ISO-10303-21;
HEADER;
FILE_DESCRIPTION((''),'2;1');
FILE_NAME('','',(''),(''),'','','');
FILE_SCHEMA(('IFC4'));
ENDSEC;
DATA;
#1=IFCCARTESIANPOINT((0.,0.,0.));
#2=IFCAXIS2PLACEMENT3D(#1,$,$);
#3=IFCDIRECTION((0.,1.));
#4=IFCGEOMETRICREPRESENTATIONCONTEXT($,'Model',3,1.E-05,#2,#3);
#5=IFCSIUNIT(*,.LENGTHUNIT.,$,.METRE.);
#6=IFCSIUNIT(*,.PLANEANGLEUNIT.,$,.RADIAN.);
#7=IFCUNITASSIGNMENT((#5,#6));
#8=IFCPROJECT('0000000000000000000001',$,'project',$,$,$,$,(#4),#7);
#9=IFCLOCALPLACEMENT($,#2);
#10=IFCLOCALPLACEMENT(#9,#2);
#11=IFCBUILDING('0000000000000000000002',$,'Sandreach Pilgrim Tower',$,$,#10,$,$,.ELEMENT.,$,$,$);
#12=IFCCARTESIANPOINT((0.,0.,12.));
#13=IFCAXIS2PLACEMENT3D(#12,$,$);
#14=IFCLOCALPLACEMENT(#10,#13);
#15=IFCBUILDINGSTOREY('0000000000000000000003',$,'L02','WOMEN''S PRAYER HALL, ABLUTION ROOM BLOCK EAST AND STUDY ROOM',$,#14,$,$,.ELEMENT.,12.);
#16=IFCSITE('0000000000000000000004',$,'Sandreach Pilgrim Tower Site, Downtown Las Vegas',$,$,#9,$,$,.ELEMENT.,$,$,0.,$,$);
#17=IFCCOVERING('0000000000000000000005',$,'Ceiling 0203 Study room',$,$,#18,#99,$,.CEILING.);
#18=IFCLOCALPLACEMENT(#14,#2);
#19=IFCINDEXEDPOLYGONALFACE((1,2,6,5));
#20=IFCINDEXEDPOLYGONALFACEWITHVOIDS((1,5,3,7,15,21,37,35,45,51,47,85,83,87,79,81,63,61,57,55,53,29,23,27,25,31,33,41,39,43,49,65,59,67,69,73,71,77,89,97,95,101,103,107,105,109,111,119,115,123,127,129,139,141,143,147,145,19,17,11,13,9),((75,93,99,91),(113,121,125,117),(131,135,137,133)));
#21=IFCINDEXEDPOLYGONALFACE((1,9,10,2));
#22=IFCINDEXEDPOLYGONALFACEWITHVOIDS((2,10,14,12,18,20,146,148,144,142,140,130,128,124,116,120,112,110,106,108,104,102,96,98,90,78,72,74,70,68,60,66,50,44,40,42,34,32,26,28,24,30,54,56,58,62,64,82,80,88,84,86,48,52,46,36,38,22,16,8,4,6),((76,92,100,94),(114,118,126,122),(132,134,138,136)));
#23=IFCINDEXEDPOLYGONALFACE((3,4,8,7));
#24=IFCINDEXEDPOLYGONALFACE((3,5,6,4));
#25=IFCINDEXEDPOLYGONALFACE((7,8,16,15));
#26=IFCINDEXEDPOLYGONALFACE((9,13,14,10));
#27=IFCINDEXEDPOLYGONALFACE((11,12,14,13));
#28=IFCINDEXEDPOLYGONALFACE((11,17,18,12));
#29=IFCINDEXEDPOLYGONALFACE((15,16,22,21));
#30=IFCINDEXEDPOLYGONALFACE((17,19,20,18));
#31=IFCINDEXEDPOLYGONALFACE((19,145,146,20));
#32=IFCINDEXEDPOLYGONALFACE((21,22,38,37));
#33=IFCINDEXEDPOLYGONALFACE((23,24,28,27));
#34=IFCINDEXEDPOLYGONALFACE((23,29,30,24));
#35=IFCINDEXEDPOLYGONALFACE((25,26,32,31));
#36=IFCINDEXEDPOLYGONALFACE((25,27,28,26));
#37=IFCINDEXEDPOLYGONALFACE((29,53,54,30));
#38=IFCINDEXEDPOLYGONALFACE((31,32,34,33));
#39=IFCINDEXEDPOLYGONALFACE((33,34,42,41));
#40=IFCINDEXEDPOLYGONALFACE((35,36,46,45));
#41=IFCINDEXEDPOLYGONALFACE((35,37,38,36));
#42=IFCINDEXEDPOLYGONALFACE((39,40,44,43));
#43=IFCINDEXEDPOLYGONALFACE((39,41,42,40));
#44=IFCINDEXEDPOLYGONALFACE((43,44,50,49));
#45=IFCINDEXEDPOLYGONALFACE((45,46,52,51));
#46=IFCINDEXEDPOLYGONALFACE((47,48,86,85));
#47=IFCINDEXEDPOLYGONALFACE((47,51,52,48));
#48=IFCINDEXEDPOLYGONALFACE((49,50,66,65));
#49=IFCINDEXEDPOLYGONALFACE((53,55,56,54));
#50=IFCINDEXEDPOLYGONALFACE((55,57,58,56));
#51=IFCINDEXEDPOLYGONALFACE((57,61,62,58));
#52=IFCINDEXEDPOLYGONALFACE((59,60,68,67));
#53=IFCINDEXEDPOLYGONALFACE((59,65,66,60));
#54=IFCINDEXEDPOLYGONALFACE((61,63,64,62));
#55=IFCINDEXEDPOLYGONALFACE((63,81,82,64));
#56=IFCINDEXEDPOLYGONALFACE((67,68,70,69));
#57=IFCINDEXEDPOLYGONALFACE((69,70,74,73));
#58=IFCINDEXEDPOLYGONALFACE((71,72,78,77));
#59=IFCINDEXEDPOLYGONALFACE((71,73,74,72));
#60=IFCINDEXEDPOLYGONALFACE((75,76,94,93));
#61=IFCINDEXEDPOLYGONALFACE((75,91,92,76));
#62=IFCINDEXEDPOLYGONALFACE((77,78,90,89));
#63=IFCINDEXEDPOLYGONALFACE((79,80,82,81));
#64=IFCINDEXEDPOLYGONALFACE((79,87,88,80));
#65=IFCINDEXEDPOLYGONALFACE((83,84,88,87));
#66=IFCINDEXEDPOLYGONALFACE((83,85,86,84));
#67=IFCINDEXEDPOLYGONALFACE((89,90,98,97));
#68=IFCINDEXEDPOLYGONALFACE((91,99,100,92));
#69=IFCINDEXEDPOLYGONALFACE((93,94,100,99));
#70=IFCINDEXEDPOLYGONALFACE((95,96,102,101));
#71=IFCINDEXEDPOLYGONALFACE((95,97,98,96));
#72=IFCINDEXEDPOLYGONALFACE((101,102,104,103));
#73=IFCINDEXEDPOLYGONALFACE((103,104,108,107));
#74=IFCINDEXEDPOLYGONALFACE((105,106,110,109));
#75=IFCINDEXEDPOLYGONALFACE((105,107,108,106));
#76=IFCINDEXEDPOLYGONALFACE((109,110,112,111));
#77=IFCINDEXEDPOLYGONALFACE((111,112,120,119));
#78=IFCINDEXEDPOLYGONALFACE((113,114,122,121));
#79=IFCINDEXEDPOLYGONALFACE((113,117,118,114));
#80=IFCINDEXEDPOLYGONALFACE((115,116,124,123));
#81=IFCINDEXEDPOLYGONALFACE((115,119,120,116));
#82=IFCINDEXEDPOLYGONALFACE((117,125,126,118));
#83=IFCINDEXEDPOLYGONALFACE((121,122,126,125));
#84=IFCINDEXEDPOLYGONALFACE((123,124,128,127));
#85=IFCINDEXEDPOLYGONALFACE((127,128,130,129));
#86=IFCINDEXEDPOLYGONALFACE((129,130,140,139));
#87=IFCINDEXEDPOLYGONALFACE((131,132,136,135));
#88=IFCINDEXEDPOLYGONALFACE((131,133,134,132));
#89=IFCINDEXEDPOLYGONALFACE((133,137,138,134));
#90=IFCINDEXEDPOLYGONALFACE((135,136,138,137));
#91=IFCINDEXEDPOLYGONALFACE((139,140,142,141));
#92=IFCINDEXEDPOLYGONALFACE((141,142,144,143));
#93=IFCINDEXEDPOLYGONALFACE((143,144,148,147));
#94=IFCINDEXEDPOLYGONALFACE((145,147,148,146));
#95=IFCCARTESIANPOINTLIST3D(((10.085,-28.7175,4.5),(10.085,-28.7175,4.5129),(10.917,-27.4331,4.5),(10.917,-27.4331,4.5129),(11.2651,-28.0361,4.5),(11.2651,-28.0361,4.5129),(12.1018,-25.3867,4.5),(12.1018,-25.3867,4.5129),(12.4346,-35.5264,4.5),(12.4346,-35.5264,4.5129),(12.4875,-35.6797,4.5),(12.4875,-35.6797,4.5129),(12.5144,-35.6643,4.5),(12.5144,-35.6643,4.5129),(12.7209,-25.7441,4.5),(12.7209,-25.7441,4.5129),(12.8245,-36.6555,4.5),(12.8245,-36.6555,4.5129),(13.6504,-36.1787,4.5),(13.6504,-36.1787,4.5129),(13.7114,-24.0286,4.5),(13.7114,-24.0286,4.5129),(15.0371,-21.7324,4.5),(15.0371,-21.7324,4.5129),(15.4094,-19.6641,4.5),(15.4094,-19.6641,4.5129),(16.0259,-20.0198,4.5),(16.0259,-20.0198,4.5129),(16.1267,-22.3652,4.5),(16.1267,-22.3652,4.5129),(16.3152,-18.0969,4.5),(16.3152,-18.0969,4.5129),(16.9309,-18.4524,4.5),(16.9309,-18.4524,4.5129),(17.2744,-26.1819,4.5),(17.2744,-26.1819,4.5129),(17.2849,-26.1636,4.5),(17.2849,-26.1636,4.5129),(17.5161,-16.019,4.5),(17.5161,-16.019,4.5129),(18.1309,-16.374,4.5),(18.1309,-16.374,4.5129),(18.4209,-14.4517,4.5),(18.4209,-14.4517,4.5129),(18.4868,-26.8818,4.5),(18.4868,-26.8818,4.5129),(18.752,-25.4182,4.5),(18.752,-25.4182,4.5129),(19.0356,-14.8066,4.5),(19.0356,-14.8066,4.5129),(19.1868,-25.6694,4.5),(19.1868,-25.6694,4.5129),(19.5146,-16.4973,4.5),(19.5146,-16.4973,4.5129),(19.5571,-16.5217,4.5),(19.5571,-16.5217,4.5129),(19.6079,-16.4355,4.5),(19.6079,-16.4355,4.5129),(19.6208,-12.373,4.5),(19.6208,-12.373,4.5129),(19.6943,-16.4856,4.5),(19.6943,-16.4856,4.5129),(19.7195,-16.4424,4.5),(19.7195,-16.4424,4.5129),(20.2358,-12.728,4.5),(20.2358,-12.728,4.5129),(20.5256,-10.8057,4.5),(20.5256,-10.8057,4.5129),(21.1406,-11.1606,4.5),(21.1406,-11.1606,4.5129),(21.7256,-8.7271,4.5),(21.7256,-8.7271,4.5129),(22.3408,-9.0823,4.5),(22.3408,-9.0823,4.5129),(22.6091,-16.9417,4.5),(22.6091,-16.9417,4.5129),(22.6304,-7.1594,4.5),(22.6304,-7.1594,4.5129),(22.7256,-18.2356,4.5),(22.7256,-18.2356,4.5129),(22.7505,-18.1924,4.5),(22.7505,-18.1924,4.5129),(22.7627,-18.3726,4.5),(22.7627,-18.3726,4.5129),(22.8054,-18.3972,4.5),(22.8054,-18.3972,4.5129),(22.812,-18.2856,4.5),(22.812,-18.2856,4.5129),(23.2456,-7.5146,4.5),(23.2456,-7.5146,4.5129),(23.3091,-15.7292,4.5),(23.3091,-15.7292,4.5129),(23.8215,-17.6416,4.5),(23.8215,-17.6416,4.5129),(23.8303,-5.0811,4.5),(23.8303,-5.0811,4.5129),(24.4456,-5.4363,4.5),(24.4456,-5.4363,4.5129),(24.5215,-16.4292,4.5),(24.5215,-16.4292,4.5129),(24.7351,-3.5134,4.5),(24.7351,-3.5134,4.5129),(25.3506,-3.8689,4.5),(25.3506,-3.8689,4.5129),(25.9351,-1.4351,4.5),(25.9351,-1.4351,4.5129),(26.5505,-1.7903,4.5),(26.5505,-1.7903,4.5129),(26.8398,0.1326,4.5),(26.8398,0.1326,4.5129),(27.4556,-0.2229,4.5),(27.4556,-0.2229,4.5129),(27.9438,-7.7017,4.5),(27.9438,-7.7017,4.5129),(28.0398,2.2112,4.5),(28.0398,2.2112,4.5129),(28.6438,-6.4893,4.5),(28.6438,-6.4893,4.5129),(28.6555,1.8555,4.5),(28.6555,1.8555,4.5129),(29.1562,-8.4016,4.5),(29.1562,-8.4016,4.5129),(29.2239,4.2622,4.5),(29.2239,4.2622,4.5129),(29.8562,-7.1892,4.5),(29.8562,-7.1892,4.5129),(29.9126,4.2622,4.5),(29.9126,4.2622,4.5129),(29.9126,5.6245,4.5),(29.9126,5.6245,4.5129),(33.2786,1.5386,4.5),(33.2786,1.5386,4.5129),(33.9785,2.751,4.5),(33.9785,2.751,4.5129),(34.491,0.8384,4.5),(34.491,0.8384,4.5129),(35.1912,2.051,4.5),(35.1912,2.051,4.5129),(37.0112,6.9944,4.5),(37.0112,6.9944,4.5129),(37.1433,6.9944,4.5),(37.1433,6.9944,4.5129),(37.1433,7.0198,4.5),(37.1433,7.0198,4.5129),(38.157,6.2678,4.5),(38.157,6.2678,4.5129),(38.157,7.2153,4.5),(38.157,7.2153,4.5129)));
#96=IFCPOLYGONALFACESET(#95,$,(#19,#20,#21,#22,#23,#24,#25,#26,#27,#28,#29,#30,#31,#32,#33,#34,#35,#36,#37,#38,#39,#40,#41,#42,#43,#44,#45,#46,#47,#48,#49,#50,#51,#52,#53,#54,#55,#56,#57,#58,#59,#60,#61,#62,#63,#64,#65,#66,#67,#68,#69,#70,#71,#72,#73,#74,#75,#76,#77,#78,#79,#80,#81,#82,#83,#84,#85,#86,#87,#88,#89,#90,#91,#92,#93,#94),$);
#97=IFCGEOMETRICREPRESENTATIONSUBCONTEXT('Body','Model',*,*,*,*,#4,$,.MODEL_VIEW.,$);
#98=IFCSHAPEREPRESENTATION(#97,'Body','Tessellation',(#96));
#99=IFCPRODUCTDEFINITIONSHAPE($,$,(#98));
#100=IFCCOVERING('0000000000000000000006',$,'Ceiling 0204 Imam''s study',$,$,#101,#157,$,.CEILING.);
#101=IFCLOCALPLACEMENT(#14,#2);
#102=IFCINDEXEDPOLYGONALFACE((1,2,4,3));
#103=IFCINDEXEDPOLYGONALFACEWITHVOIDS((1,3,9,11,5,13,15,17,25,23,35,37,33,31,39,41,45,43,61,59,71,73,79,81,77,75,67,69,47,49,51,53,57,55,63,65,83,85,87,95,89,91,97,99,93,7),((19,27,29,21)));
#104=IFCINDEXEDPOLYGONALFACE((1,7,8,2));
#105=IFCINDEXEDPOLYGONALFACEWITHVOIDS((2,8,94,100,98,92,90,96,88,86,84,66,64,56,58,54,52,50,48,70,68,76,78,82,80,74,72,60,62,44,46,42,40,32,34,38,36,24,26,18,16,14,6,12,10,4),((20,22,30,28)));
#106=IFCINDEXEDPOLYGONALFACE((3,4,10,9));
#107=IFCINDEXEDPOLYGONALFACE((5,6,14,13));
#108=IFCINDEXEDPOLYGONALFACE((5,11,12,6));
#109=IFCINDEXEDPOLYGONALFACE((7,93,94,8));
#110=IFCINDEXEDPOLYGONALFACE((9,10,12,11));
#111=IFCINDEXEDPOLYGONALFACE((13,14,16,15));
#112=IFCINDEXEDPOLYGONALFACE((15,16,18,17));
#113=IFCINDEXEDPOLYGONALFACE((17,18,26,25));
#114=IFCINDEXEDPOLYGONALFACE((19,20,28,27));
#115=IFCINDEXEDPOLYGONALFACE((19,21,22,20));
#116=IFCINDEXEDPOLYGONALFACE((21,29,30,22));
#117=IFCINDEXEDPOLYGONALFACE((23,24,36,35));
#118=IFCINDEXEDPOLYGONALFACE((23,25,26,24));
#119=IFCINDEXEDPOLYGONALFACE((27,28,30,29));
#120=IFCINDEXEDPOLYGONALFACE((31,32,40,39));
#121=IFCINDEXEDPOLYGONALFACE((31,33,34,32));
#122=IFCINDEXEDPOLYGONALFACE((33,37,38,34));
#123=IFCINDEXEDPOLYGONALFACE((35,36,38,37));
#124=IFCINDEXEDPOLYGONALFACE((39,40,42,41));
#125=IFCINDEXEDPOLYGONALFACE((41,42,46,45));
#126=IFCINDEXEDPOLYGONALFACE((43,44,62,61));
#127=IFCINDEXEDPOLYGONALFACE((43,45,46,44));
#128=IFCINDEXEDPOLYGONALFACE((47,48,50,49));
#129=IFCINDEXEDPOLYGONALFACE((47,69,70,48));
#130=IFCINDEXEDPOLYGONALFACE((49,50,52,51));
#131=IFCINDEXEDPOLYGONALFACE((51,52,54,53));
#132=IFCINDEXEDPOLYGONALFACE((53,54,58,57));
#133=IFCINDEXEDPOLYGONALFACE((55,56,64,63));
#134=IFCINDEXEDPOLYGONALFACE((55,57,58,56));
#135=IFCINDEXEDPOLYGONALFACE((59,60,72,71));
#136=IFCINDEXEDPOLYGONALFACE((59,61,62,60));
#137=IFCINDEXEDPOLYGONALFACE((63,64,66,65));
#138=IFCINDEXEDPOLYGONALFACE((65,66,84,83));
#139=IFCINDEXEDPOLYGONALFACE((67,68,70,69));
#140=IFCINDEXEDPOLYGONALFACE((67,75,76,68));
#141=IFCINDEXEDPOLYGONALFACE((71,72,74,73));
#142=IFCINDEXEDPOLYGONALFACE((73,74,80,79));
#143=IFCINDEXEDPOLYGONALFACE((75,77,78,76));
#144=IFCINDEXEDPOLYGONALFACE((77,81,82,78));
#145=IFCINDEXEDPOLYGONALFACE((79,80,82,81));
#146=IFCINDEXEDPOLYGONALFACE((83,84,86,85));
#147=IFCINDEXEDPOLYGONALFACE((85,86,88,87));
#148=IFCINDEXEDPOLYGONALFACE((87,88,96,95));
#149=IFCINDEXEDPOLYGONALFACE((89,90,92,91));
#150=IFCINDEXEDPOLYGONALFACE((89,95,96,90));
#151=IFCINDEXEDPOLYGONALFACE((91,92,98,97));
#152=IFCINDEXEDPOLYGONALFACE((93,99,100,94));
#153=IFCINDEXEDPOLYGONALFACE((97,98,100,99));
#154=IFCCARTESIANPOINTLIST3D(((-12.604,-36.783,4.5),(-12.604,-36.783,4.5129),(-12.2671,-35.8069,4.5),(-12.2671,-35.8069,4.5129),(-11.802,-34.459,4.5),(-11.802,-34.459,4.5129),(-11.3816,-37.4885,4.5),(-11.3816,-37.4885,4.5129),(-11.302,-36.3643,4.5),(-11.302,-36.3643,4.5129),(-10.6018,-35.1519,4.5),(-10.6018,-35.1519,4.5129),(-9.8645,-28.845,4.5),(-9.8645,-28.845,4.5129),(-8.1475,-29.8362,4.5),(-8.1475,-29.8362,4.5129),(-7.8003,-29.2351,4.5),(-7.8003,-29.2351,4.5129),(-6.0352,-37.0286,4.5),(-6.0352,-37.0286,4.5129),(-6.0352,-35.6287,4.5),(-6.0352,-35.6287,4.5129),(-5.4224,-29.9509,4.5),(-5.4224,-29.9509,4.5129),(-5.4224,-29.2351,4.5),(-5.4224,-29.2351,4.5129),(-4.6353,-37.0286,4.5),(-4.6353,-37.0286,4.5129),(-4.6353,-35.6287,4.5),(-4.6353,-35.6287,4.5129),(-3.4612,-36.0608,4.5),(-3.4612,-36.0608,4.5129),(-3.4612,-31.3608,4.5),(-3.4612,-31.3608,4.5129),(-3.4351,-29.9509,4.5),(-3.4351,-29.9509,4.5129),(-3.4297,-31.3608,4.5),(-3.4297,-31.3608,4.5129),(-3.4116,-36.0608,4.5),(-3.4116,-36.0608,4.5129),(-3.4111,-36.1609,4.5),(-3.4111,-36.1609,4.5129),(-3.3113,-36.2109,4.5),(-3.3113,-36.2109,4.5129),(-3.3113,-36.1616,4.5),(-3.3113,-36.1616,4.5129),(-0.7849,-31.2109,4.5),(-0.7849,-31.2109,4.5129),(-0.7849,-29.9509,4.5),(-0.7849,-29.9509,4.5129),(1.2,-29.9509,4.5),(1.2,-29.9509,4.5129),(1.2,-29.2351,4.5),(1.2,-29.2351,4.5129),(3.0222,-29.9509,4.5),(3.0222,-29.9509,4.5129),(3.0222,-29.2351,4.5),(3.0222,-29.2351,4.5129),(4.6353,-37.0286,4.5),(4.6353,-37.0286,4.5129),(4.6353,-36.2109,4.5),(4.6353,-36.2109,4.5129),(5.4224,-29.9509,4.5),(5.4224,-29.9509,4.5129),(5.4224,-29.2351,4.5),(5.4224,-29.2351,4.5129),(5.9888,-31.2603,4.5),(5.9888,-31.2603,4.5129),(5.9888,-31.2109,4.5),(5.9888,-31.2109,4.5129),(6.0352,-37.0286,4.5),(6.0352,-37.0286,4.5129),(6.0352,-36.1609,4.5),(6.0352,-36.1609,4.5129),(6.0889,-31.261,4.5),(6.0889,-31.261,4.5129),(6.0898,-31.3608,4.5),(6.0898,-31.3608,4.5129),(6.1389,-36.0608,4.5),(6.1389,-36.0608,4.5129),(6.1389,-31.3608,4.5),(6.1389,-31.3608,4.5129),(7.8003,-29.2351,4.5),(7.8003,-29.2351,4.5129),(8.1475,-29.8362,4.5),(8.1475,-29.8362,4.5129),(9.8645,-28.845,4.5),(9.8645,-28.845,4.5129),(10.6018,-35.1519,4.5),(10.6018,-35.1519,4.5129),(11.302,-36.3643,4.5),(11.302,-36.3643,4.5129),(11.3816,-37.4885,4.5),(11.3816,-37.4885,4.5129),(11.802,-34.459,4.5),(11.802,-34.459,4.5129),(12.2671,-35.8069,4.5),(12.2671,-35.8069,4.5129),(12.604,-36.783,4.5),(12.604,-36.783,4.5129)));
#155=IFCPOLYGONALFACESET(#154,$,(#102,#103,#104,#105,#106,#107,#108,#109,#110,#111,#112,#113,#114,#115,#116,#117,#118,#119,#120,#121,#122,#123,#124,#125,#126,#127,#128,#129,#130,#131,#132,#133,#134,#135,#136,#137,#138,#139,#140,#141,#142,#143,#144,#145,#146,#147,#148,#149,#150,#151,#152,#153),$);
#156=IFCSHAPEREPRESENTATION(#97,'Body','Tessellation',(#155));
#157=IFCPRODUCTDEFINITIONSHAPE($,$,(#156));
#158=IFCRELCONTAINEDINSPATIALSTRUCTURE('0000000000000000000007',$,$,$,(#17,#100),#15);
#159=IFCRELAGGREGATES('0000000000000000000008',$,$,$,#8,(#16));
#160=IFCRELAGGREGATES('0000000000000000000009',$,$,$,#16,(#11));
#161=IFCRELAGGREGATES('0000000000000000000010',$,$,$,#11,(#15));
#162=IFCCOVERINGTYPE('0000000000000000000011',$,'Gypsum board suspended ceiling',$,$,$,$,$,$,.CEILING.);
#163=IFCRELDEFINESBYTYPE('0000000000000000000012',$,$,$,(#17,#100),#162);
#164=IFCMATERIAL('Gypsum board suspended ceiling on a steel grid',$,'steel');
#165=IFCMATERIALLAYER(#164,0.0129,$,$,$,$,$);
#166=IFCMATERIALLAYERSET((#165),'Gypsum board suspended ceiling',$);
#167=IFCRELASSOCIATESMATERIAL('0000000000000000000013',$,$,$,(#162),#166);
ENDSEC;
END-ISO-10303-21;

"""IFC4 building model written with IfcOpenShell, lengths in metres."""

from ifc_helpers import new_model, si_unit, direction, frame, origin, place, context, subcontext, project, spatial, polyline, outline, extrude, material, layer, layer_set, type_object, element, save


model = new_model("IFC4")

# Units and contexts
model_context = context("Model", 3, precision=1e-05, world=origin(), true_north=direction((0.0, 1.0)))
body_context = subcontext(model_context, "Body", "Model", "MODEL_VIEW")
ifc_project = project(units=[si_unit("LENGTHUNIT", "METRE"), si_unit("PLANEANGLEUNIT", "RADIAN")], contexts=[model_context])

# Site, building, storey
site_placement = place(None, origin())
site = spatial("IfcSite", under=ifc_project, at=site_placement, Name="Sandreach Pilgrim Tower Site, Downtown Las Vegas", CompositionType="ELEMENT", RefElevation=0.0)
building_placement = place(site_placement, origin())
building = spatial("IfcBuilding", under=site, at=building_placement, Name="Sandreach Pilgrim Tower", CompositionType="ELEMENT")
storey_placement = place(building_placement, frame((0.0, 0.0, 12.0)))
storey = spatial("IfcBuildingStorey", under=building, at=storey_placement, Name="L02", Description="WOMEN'S PRAYER HALL, ABLUTION ROOM BLOCK EAST AND STUDY ROOM", CompositionType="ELEMENT", Elevation=12.0)

# Coverings
ifc_material_1 = material(Name="Gypsum board suspended ceiling on a steel grid", Category="steel")
ifc_layer_1 = layer(ifc_material_1, 0.0129)
ifc_layer_set_1 = layer_set([ifc_layer_1], Name="Gypsum board suspended ceiling")
covering_type_1 = type_object("IfcCoveringType", Name="Gypsum board suspended ceiling", PredefinedType="CEILING", material=ifc_layer_set_1)
covering_1_placement = place(storey_placement, frame((0.0, 0.0, 4.5)))
element("IfcCovering", 1, at=covering_1_placement, inside=storey, type_object=covering_type_1, Name="Ceiling 0203 Study room", PredefinedType="CEILING", context=body_context, shape_type="SweptSolid", body=[
    extrude(outline(polyline([(12.4875, -35.6797), (12.5144, -35.6643), (12.4346, -35.5264), (10.085, -28.7175), (11.2651, -28.0361), (10.917, -27.4331), (12.1018, -25.3867), (12.7209, -25.7441), (13.7114, -24.0286), (17.2849, -26.1636), (17.2744, -26.1819), (18.4868, -26.8818), (19.1868, -25.6694), (18.752, -25.4182), (22.8054, -18.3972), (22.7627, -18.3726), (22.812, -18.2856), (22.7256, -18.2356), (22.7505, -18.1924), (19.7195, -16.4424), (19.6943, -16.4856), (19.6079, -16.4355), (19.5571, -16.5217), (19.5146, -16.4973), (16.1267, -22.3652), (15.0371, -21.7324), (16.0259, -20.0198), (15.4094, -19.6641), (16.3152, -18.0969), (16.9309, -18.4524), (18.1309, -16.374), (17.5161, -16.019), (18.4209, -14.4517), (19.0356, -14.8066), (20.2358, -12.728), (19.6208, -12.373), (20.5256, -10.8057), (21.1406, -11.1606), (22.3408, -9.0823), (21.7256, -8.7271), (22.6304, -7.1594), (23.2456, -7.5146), (24.4456, -5.4363), (23.8303, -5.0811), (24.7351, -3.5134), (25.3506, -3.8689), (26.5505, -1.7903), (25.9351, -1.4351), (26.8398, 0.1326), (27.4556, -0.2229), (28.6555, 1.8555), (28.0398, 2.2112), (29.2239, 4.2622), (29.9126, 4.2622), (29.9126, 5.6245), (37.0112, 6.9944), (37.1433, 6.9944), (37.1433, 7.0198), (38.157, 7.2153), (38.157, 6.2678), (13.6504, -36.1787), (12.8245, -36.6555), (12.4875, -35.6797)]), holes=[polyline([(35.1912, 2.051), (33.9785, 2.751), (33.2786, 1.5386), (34.491, 0.8384), (35.1912, 2.051)]), polyline([(29.1562, -8.4016), (29.8562, -7.1892), (28.6438, -6.4893), (27.9438, -7.7017), (29.1562, -8.4016)]), polyline([(24.5215, -16.4292), (23.3091, -15.7292), (22.6091, -16.9417), (23.8215, -17.6416), (24.5215, -16.4292)])]), origin(), (0.0, 0.0, 1.0), 0.0129),
])
covering_2_placement = place(storey_placement, frame((0.0, 0.0, 4.5)))
element("IfcCovering", 2, at=covering_2_placement, inside=storey, type_object=covering_type_1, Name="Ceiling 0204 Imam's study", PredefinedType="CEILING", context=body_context, shape_type="SweptSolid", body=[
    extrude(outline(polyline([(-12.604, -36.783), (-12.2671, -35.8069), (-11.302, -36.3643), (-10.6018, -35.1519), (-11.802, -34.459), (-9.8645, -28.845), (-8.1475, -29.8362), (-7.8003, -29.2351), (-5.4224, -29.2351), (-5.4224, -29.9509), (-3.4351, -29.9509), (-3.4297, -31.3608), (-3.4612, -31.3608), (-3.4612, -36.0608), (-3.4116, -36.0608), (-3.4111, -36.1609), (-3.3113, -36.1616), (-3.3113, -36.2109), (4.6353, -36.2109), (4.6353, -37.0286), (6.0352, -37.0286), (6.0352, -36.1609), (6.1389, -36.0608), (6.1389, -31.3608), (6.0898, -31.3608), (6.0889, -31.261), (5.9888, -31.2603), (5.9888, -31.2109), (-0.7849, -31.2109), (-0.7849, -29.9509), (1.2, -29.9509), (1.2, -29.2351), (3.0222, -29.2351), (3.0222, -29.9509), (5.4224, -29.9509), (5.4224, -29.2351), (7.8003, -29.2351), (8.1475, -29.8362), (9.8645, -28.845), (11.802, -34.459), (10.6018, -35.1519), (11.302, -36.3643), (12.2671, -35.8069), (12.604, -36.783), (11.3816, -37.4885), (-11.3816, -37.4885), (-12.604, -36.783)]), holes=[polyline([(-4.6353, -37.0286), (-4.6353, -35.6287), (-6.0352, -35.6287), (-6.0352, -37.0286), (-4.6353, -37.0286)])]), origin(), (0.0, 0.0, 1.0), 0.0129),
])

save(model, "model.ifc")
